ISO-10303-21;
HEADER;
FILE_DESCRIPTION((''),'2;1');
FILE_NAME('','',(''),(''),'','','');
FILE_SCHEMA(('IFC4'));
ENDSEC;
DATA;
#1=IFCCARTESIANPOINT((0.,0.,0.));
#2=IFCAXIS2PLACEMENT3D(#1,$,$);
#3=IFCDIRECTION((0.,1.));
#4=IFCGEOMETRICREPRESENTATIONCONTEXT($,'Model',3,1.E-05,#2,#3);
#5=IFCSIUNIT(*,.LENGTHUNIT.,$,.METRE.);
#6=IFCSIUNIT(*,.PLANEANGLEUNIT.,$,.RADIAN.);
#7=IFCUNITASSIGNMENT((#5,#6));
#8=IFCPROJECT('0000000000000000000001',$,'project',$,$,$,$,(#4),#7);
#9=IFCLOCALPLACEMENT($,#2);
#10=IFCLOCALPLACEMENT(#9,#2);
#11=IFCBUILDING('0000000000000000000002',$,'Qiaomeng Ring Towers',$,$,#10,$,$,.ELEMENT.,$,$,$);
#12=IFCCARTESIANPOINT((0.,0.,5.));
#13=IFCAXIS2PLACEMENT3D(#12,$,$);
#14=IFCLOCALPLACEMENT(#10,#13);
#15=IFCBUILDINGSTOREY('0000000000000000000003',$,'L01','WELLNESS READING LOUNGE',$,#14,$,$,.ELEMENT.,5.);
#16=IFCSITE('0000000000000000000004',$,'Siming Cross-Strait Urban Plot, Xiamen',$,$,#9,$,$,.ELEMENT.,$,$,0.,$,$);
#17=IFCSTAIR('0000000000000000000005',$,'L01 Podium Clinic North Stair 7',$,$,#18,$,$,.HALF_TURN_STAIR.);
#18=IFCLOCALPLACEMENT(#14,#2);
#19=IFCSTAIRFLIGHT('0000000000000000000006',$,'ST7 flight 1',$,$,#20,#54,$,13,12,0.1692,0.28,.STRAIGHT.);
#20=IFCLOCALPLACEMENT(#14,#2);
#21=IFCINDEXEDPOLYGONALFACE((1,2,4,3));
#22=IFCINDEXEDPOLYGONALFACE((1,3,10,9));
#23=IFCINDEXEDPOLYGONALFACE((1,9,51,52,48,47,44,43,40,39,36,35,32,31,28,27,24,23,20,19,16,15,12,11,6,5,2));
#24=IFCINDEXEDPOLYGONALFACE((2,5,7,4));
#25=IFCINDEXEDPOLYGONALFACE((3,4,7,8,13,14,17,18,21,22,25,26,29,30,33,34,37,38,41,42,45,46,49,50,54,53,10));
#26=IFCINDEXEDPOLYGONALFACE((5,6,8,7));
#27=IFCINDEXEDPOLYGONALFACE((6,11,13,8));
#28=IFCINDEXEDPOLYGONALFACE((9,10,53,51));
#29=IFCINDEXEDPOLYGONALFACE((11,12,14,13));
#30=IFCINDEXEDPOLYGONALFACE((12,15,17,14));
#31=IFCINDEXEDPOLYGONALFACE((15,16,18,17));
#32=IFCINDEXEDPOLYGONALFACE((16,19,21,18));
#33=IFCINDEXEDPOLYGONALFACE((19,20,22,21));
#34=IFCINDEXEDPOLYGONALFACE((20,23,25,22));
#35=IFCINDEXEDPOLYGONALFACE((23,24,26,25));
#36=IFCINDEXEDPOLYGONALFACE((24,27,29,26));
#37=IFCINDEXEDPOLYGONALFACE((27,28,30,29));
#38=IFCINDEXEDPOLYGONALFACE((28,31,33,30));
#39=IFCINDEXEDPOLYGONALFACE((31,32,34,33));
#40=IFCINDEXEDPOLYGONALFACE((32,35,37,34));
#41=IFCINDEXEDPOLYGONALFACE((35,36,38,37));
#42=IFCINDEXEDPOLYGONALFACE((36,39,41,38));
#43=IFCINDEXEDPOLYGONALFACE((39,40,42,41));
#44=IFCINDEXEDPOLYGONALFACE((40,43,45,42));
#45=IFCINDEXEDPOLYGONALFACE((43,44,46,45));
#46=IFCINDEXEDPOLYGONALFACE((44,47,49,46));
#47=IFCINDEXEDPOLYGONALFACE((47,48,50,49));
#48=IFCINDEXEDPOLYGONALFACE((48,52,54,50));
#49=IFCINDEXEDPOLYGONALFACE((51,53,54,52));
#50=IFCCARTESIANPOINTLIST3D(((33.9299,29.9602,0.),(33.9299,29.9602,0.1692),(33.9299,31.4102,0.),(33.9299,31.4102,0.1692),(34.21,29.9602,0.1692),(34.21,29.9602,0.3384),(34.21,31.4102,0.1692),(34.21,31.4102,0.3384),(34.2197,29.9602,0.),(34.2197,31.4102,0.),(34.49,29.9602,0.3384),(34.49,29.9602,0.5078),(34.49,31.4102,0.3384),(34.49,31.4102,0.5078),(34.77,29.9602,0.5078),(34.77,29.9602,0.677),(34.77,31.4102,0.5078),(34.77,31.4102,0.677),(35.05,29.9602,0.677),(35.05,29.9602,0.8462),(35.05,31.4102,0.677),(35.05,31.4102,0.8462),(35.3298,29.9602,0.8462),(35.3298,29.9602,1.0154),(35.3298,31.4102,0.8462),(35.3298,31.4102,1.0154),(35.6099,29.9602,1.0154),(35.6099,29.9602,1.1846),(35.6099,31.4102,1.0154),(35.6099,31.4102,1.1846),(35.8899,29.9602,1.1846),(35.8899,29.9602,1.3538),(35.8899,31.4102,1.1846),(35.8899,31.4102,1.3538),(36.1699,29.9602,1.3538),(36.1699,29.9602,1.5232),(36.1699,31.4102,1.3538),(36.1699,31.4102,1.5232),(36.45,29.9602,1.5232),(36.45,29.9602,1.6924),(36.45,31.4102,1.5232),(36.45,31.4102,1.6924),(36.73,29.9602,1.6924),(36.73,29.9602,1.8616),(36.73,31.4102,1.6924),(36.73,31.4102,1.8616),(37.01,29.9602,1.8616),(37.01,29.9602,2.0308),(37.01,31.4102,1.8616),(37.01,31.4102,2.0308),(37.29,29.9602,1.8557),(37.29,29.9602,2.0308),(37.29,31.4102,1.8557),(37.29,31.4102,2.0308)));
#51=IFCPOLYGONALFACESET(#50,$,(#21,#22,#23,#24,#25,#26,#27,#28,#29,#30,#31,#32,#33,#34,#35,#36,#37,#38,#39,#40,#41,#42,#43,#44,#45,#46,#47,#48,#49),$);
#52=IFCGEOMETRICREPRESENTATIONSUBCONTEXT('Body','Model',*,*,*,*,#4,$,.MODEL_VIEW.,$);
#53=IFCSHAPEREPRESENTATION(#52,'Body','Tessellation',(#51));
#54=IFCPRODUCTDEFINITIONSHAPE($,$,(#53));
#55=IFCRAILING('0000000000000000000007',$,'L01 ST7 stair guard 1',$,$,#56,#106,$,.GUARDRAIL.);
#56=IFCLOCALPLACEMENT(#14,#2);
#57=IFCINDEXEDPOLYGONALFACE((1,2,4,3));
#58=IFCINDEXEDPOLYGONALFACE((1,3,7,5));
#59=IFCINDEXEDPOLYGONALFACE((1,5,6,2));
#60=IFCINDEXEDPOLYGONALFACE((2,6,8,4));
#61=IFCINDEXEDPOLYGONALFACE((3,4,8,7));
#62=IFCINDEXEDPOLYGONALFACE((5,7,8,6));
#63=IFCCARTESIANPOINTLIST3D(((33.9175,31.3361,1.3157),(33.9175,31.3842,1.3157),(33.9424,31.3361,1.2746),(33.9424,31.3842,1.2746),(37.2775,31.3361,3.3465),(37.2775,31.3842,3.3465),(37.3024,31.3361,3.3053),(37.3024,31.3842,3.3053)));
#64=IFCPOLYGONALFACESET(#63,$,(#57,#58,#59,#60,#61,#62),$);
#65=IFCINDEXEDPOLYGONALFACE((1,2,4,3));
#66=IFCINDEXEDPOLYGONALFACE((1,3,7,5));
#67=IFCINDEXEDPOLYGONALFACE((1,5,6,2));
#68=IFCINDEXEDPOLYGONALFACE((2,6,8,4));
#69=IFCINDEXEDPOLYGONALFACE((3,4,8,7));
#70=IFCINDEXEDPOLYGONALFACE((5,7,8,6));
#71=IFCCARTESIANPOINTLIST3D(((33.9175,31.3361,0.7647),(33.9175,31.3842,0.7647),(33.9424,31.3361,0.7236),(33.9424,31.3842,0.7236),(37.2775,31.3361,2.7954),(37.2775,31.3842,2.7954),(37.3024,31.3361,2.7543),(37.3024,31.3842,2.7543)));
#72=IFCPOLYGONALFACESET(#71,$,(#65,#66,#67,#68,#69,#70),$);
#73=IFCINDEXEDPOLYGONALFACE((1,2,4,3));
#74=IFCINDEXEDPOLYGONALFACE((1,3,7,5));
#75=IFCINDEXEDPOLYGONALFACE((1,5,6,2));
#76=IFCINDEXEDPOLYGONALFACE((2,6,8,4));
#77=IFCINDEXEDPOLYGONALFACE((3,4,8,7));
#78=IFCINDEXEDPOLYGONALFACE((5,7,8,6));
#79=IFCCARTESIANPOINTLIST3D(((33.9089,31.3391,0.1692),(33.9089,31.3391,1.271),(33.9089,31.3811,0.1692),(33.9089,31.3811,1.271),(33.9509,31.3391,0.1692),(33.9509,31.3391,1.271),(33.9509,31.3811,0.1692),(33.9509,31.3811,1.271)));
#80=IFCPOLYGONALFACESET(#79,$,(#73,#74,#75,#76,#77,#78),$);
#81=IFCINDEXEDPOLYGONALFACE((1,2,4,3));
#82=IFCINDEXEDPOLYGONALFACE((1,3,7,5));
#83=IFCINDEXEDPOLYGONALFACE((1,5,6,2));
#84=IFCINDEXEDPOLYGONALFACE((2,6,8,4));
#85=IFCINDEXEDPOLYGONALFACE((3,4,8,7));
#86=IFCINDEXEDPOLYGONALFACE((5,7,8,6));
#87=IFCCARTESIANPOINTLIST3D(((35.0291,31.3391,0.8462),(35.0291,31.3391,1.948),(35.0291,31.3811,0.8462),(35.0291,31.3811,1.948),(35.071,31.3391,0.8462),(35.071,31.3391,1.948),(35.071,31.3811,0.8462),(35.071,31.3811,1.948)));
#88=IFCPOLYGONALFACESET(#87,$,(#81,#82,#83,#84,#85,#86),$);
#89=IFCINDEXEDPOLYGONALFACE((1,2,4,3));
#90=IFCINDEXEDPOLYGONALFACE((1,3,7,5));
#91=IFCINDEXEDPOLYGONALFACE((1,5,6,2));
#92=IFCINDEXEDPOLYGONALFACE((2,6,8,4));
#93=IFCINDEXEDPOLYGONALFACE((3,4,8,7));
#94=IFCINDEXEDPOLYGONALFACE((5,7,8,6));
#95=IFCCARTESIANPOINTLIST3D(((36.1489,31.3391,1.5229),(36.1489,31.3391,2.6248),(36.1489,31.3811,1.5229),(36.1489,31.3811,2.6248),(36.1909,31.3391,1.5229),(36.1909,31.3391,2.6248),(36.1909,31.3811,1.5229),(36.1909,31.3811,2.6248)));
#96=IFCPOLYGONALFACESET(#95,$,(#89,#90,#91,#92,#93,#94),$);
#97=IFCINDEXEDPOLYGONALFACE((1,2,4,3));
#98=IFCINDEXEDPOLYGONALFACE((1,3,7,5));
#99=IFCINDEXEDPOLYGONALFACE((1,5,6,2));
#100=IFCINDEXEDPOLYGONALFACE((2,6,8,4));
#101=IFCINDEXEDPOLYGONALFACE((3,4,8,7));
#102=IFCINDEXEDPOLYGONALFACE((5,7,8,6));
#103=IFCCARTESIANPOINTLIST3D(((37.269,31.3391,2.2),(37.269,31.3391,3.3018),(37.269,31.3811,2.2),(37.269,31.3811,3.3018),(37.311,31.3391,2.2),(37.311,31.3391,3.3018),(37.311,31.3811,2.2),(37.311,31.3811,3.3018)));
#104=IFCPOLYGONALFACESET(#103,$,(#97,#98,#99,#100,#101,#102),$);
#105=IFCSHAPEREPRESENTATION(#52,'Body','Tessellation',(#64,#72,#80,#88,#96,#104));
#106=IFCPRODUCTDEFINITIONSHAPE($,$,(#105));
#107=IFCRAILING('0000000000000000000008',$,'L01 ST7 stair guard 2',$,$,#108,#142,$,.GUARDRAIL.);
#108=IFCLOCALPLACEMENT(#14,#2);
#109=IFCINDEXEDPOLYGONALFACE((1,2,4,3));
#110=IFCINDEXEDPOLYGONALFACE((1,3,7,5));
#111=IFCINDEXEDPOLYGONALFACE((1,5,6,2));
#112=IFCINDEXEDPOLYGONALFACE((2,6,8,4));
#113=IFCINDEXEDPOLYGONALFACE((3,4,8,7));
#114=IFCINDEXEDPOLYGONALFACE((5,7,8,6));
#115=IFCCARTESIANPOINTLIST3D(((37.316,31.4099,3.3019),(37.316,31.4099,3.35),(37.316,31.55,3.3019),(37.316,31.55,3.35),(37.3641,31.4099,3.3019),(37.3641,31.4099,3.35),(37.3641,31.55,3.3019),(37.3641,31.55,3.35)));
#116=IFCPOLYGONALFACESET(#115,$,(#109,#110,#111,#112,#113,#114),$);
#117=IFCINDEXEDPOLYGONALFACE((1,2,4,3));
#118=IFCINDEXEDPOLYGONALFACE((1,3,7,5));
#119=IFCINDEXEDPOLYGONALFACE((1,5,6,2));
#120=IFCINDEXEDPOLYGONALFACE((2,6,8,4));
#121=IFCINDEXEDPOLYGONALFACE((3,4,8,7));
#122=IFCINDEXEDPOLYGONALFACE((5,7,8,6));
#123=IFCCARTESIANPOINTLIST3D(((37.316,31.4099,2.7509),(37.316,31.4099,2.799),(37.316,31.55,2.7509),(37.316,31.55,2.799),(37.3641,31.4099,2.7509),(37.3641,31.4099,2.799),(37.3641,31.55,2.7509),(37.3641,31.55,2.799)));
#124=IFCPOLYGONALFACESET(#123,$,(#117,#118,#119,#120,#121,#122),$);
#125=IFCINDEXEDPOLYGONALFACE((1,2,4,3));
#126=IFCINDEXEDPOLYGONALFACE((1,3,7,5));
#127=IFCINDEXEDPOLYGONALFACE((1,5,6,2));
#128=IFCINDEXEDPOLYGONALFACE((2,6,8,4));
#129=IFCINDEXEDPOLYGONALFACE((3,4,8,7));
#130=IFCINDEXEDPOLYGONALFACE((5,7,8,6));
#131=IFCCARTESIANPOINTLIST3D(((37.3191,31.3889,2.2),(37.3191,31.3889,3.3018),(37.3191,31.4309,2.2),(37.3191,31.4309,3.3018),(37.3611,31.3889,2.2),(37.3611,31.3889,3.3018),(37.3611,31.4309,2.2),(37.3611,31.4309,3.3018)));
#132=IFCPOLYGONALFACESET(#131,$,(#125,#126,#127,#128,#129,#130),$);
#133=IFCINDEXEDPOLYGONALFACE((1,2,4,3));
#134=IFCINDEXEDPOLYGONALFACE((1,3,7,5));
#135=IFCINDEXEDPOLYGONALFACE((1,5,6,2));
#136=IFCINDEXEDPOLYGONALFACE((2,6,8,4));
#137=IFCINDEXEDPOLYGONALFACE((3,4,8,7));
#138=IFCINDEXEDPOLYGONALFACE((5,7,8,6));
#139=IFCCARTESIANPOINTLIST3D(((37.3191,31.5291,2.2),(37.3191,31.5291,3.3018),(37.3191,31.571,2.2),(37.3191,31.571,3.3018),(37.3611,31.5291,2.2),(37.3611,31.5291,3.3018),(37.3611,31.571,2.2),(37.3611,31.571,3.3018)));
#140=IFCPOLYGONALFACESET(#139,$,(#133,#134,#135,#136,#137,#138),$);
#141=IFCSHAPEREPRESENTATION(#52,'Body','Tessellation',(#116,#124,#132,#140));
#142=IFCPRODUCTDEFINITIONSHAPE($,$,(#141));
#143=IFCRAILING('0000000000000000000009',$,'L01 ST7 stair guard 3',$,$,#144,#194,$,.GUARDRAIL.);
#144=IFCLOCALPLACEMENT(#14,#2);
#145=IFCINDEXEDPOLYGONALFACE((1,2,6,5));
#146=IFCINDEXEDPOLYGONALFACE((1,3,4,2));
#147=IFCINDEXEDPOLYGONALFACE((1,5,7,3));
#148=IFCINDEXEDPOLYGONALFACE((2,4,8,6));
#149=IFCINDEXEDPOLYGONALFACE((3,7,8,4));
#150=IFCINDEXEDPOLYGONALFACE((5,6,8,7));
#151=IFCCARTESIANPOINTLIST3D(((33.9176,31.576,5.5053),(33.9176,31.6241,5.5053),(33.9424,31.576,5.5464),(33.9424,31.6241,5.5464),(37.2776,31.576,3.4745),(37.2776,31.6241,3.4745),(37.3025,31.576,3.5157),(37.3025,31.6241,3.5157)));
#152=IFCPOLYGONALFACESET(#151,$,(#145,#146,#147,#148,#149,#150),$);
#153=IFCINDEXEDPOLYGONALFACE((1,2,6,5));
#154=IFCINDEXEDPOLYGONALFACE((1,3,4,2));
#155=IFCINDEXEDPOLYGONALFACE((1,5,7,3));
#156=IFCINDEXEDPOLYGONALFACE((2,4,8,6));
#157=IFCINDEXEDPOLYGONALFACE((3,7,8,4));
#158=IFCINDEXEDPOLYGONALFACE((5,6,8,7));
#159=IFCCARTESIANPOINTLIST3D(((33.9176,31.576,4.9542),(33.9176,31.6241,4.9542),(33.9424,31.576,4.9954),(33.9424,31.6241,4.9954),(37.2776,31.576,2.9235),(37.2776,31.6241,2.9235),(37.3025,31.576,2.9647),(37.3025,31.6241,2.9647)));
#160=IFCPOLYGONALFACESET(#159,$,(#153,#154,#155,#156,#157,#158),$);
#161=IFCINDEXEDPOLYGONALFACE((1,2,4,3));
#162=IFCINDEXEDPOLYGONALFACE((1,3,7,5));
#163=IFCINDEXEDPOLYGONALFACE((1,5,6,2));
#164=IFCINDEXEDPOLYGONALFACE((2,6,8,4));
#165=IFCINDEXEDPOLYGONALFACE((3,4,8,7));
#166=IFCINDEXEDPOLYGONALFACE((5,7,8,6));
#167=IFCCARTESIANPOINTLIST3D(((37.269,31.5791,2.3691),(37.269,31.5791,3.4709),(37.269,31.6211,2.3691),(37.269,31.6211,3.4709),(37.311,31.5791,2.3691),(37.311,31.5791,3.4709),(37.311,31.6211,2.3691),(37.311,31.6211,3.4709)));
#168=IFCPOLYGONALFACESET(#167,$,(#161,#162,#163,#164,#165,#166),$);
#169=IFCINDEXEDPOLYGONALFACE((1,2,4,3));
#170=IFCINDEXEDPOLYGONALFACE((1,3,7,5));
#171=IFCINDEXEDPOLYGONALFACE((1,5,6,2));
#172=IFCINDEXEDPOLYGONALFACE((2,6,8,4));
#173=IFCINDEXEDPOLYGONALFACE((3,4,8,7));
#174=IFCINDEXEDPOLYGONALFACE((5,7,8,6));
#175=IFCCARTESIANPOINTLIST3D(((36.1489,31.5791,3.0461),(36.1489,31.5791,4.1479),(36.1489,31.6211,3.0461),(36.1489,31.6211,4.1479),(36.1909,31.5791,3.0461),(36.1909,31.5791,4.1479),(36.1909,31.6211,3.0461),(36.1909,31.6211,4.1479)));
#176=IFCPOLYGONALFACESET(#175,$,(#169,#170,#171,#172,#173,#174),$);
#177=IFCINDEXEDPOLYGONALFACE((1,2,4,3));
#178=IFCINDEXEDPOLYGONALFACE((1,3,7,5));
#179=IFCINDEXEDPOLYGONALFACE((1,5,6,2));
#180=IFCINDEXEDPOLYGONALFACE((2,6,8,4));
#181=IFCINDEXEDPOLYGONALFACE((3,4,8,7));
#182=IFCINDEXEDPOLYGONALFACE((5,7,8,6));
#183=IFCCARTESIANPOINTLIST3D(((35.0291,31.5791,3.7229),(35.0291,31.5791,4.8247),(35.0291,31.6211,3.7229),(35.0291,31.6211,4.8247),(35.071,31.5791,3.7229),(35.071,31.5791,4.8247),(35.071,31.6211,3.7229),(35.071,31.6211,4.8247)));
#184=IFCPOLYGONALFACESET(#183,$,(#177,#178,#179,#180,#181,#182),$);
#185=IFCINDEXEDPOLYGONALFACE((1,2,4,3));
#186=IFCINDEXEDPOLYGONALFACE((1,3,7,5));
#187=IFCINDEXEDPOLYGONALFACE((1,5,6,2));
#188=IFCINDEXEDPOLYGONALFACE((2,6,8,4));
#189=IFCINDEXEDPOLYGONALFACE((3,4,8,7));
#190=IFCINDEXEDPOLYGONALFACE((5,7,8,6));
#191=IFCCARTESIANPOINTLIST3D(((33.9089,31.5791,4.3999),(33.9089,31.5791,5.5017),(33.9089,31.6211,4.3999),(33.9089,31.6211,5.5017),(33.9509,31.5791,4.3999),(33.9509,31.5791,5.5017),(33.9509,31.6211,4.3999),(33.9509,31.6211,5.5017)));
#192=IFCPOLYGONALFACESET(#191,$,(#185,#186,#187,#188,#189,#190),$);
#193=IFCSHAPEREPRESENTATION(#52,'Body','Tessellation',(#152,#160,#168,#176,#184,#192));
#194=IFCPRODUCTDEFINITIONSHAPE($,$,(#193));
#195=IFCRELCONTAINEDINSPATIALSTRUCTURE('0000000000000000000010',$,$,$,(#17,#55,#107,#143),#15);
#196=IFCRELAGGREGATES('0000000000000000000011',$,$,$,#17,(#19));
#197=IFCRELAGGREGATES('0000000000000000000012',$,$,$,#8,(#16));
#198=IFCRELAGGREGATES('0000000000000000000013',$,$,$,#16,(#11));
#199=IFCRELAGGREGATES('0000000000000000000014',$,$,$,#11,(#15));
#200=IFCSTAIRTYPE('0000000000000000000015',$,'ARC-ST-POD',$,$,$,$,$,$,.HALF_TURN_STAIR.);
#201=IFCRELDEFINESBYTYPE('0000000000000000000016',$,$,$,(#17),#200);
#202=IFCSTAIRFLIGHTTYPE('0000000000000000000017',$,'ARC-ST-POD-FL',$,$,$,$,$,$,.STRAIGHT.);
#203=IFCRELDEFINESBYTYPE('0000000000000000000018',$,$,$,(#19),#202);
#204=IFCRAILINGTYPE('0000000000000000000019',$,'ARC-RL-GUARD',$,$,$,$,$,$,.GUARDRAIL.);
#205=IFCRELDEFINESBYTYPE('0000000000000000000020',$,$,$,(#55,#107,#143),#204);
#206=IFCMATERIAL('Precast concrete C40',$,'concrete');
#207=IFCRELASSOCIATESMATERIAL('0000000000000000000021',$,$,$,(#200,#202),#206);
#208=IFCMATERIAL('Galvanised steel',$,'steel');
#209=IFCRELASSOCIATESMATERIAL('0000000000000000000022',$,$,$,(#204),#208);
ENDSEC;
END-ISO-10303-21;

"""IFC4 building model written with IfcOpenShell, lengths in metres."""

from ifc_helpers import new_model, si_unit, direction, frame, origin, origin_2d, place, context, subcontext, project, spatial, polyline, rectangle, outline, extrude, source, transform, mapped, material, type_object, element, aggregate, save


model = new_model("IFC4")

# Units and contexts
model_context = context("Model", 3, precision=1e-05, world=origin(), true_north=direction((0.0, 1.0)))
body_context = subcontext(model_context, "Body", "Model", "MODEL_VIEW")
ifc_project = project(units=[si_unit("LENGTHUNIT", "METRE"), si_unit("PLANEANGLEUNIT", "RADIAN")], contexts=[model_context])

# Site, building, storey
site_placement = place(None, origin())
site = spatial("IfcSite", under=ifc_project, at=site_placement, Name="Siming Cross-Strait Urban Plot, Xiamen", CompositionType="ELEMENT", RefElevation=0.0)
building_placement = place(site_placement, origin())
building = spatial("IfcBuilding", under=site, at=building_placement, Name="Qiaomeng Ring Towers", CompositionType="ELEMENT")
storey_placement = place(building_placement, frame((0.0, 0.0, 5.0)))
storey = spatial("IfcBuildingStorey", under=building, at=storey_placement, Name="L01", Description="WELLNESS READING LOUNGE", CompositionType="ELEMENT", Elevation=5.0)

# Shared definitions
ifc_material_1 = material(Name="Galvanised steel", Category="steel")

# Stair, stair flight
ifc_material_2 = material(Name="Precast concrete C40", Category="concrete")
stair_type = type_object("IfcStairType", Name="ARC-ST-POD", PredefinedType="HALF_TURN_STAIR", material=ifc_material_2)
stair_placement = place(storey_placement, origin())
stair = element("IfcStair", 1, at=stair_placement, inside=storey, type_object=stair_type, Name="L01 Podium Clinic North Stair 7", PredefinedType="HALF_TURN_STAIR")
stair_flight_type = type_object("IfcStairFlightType", Name="ARC-ST-POD-FL", PredefinedType="STRAIGHT", material=ifc_material_2)
shared_shape_1 = source(origin(), body_context, "Body", "SweptSolid", [
    extrude(outline(polyline([(0.0, 0.0), (0.0, 0.1692), (0.28, 0.1692), (0.28, 0.3384), (0.5601, 0.3384), (0.5601, 0.5078), (0.8401, 0.5078), (0.8401, 0.677), (1.1201, 0.677), (1.1201, 0.8462), (1.3999, 0.8462), (1.3999, 1.0154), (1.6799, 1.0154), (1.6799, 1.1846), (1.96, 1.1846), (1.96, 1.3538), (2.24, 1.3538), (2.24, 1.5232), (2.52, 1.5232), (2.52, 1.6924), (2.8, 1.6924), (2.8, 1.8616), (3.0801, 1.8616), (3.0801, 2.0308), (3.3601, 2.0308), (3.3601, 2.2), (3.3601, 1.8557), (0.2898, 0.0), (0.0, 0.0)])), frame((0.0, 0.7251, 0.0), z_axis=(0.0, -1.0, 0.0), x_axis=(1.0, 0.0, 0.0)), (0.0, 0.0, 1.0), 1.45),
])
stair_flight_placement = place(storey_placement, frame((33.9299, 30.6851, 0.0), z_axis=(0.0, 0.0, 1.0), x_axis=(1.0, 0.0, 0.0)))
stair_flight = element("IfcStairFlight", 2, at=stair_flight_placement, type_object=stair_flight_type, Name="ST7 flight 1", NumberOfRisers=13, NumberOfTreads=12, PredefinedType="STRAIGHT", RiserHeight=0.1692, TreadLength=0.28, context=body_context, shape_type="MappedRepresentation", body=[
    mapped(shared_shape_1, transform((0.0, 0.0, 0.0), x_axis=(1.0, 0.0, 0.0), y_axis=(0.0, 1.0, 0.0), z_axis=(0.0, 0.0, 1.0), scale=1.0)),
])
aggregate(stair, [stair_flight])

# Railings
railing_type_1 = type_object("IfcRailingType", Name="ARC-RL-GUARD", PredefinedType="GUARDRAIL", material=ifc_material_1)
railing_1_placement = place(storey_placement, frame((33.9299, 31.3601, 0.1692)))
element("IfcRailing", 3, at=railing_1_placement, inside=storey, type_object=railing_type_1, Name="L01 ST7 stair guard 1", PredefinedType="GUARDRAIL", context=body_context, shape_type="SweptSolid", body=[
    extrude(rectangle(XDim=0.0481, YDim=0.0481, at=origin_2d()), frame((0.0, 0.0, 1.126), z_axis=(0.855837, 0.0, 0.517246), x_axis=(0.0, 1.0, 0.0)), (0.0, 0.0, 1.0), 3.926),
    extrude(rectangle(XDim=0.0481, YDim=0.0481, at=origin_2d()), frame((0.0, 0.0, 0.575), z_axis=(0.855837, 0.0, 0.517246), x_axis=(0.0, 1.0, 0.0)), (0.0, 0.0, 1.0), 3.926),
    extrude(rectangle(XDim=0.042, YDim=0.042, at=origin_2d()), origin(), (0.0, 0.0, 1.0), 1.1018),
    extrude(rectangle(XDim=0.042, YDim=0.042, at=origin_2d()), frame((1.1201, 0.0, 0.677)), (0.0, 0.0, 1.0), 1.1018),
    extrude(rectangle(XDim=0.042, YDim=0.042, at=origin_2d()), frame((2.24, 0.0, 1.3538)), (0.0, 0.0, 1.0), 1.1018),
    extrude(rectangle(XDim=0.042, YDim=0.042, at=origin_2d()), frame((3.3601, 0.0, 2.0308)), (0.0, 0.0, 1.0), 1.1018),
])
railing_2_placement = place(storey_placement, frame((37.3401, 31.4099, 2.2)))
element("IfcRailing", 4, at=railing_2_placement, inside=storey, type_object=railing_type_1, Name="L01 ST7 stair guard 2", PredefinedType="GUARDRAIL", context=body_context, shape_type="SweptSolid", body=[
    extrude(rectangle(XDim=0.0481, YDim=0.0481, at=origin_2d()), frame((0.0, 0.0, 1.126), z_axis=(0.0, 1.0, 0.0), x_axis=(-1.0, 0.0, 0.0)), (0.0, 0.0, 1.0), 0.1401),
    extrude(rectangle(XDim=0.0481, YDim=0.0481, at=origin_2d()), frame((0.0, 0.0, 0.575), z_axis=(0.0, 1.0, 0.0), x_axis=(-1.0, 0.0, 0.0)), (0.0, 0.0, 1.0), 0.1401),
    extrude(rectangle(XDim=0.042, YDim=0.042, at=origin_2d()), origin(), (0.0, 0.0, 1.0), 1.1018),
    extrude(rectangle(XDim=0.042, YDim=0.042, at=origin_2d()), frame((0.0, 0.1401, 0.0)), (0.0, 0.0, 1.0), 1.1018),
])
railing_3_placement = place(storey_placement, frame((37.29, 31.6001, 2.3691)))
element("IfcRailing", 5, at=railing_3_placement, inside=storey, type_object=railing_type_1, Name="L01 ST7 stair guard 3", PredefinedType="GUARDRAIL", context=body_context, shape_type="SweptSolid", body=[
    extrude(rectangle(XDim=0.0481, YDim=0.0481, at=origin_2d()), frame((0.0, 0.0, 1.126), z_axis=(-0.855837, 0.0, 0.517246), x_axis=(0.0, -1.0, 0.0)), (0.0, 0.0, 1.0), 3.926),
    extrude(rectangle(XDim=0.0481, YDim=0.0481, at=origin_2d()), frame((0.0, 0.0, 0.575), z_axis=(-0.855837, 0.0, 0.517246), x_axis=(0.0, -1.0, 0.0)), (0.0, 0.0, 1.0), 3.926),
    extrude(rectangle(XDim=0.042, YDim=0.042, at=origin_2d()), origin(), (0.0, 0.0, 1.0), 1.1018),
    extrude(rectangle(XDim=0.042, YDim=0.042, at=origin_2d()), frame((-1.1201, 0.0, 0.677)), (0.0, 0.0, 1.0), 1.1018),
    extrude(rectangle(XDim=0.042, YDim=0.042, at=origin_2d()), frame((-2.24, 0.0, 1.3538)), (0.0, 0.0, 1.0), 1.1018),
    extrude(rectangle(XDim=0.042, YDim=0.042, at=origin_2d()), frame((-3.3601, 0.0, 2.0308)), (0.0, 0.0, 1.0), 1.1018),
])

save(model, "model.ifc")
